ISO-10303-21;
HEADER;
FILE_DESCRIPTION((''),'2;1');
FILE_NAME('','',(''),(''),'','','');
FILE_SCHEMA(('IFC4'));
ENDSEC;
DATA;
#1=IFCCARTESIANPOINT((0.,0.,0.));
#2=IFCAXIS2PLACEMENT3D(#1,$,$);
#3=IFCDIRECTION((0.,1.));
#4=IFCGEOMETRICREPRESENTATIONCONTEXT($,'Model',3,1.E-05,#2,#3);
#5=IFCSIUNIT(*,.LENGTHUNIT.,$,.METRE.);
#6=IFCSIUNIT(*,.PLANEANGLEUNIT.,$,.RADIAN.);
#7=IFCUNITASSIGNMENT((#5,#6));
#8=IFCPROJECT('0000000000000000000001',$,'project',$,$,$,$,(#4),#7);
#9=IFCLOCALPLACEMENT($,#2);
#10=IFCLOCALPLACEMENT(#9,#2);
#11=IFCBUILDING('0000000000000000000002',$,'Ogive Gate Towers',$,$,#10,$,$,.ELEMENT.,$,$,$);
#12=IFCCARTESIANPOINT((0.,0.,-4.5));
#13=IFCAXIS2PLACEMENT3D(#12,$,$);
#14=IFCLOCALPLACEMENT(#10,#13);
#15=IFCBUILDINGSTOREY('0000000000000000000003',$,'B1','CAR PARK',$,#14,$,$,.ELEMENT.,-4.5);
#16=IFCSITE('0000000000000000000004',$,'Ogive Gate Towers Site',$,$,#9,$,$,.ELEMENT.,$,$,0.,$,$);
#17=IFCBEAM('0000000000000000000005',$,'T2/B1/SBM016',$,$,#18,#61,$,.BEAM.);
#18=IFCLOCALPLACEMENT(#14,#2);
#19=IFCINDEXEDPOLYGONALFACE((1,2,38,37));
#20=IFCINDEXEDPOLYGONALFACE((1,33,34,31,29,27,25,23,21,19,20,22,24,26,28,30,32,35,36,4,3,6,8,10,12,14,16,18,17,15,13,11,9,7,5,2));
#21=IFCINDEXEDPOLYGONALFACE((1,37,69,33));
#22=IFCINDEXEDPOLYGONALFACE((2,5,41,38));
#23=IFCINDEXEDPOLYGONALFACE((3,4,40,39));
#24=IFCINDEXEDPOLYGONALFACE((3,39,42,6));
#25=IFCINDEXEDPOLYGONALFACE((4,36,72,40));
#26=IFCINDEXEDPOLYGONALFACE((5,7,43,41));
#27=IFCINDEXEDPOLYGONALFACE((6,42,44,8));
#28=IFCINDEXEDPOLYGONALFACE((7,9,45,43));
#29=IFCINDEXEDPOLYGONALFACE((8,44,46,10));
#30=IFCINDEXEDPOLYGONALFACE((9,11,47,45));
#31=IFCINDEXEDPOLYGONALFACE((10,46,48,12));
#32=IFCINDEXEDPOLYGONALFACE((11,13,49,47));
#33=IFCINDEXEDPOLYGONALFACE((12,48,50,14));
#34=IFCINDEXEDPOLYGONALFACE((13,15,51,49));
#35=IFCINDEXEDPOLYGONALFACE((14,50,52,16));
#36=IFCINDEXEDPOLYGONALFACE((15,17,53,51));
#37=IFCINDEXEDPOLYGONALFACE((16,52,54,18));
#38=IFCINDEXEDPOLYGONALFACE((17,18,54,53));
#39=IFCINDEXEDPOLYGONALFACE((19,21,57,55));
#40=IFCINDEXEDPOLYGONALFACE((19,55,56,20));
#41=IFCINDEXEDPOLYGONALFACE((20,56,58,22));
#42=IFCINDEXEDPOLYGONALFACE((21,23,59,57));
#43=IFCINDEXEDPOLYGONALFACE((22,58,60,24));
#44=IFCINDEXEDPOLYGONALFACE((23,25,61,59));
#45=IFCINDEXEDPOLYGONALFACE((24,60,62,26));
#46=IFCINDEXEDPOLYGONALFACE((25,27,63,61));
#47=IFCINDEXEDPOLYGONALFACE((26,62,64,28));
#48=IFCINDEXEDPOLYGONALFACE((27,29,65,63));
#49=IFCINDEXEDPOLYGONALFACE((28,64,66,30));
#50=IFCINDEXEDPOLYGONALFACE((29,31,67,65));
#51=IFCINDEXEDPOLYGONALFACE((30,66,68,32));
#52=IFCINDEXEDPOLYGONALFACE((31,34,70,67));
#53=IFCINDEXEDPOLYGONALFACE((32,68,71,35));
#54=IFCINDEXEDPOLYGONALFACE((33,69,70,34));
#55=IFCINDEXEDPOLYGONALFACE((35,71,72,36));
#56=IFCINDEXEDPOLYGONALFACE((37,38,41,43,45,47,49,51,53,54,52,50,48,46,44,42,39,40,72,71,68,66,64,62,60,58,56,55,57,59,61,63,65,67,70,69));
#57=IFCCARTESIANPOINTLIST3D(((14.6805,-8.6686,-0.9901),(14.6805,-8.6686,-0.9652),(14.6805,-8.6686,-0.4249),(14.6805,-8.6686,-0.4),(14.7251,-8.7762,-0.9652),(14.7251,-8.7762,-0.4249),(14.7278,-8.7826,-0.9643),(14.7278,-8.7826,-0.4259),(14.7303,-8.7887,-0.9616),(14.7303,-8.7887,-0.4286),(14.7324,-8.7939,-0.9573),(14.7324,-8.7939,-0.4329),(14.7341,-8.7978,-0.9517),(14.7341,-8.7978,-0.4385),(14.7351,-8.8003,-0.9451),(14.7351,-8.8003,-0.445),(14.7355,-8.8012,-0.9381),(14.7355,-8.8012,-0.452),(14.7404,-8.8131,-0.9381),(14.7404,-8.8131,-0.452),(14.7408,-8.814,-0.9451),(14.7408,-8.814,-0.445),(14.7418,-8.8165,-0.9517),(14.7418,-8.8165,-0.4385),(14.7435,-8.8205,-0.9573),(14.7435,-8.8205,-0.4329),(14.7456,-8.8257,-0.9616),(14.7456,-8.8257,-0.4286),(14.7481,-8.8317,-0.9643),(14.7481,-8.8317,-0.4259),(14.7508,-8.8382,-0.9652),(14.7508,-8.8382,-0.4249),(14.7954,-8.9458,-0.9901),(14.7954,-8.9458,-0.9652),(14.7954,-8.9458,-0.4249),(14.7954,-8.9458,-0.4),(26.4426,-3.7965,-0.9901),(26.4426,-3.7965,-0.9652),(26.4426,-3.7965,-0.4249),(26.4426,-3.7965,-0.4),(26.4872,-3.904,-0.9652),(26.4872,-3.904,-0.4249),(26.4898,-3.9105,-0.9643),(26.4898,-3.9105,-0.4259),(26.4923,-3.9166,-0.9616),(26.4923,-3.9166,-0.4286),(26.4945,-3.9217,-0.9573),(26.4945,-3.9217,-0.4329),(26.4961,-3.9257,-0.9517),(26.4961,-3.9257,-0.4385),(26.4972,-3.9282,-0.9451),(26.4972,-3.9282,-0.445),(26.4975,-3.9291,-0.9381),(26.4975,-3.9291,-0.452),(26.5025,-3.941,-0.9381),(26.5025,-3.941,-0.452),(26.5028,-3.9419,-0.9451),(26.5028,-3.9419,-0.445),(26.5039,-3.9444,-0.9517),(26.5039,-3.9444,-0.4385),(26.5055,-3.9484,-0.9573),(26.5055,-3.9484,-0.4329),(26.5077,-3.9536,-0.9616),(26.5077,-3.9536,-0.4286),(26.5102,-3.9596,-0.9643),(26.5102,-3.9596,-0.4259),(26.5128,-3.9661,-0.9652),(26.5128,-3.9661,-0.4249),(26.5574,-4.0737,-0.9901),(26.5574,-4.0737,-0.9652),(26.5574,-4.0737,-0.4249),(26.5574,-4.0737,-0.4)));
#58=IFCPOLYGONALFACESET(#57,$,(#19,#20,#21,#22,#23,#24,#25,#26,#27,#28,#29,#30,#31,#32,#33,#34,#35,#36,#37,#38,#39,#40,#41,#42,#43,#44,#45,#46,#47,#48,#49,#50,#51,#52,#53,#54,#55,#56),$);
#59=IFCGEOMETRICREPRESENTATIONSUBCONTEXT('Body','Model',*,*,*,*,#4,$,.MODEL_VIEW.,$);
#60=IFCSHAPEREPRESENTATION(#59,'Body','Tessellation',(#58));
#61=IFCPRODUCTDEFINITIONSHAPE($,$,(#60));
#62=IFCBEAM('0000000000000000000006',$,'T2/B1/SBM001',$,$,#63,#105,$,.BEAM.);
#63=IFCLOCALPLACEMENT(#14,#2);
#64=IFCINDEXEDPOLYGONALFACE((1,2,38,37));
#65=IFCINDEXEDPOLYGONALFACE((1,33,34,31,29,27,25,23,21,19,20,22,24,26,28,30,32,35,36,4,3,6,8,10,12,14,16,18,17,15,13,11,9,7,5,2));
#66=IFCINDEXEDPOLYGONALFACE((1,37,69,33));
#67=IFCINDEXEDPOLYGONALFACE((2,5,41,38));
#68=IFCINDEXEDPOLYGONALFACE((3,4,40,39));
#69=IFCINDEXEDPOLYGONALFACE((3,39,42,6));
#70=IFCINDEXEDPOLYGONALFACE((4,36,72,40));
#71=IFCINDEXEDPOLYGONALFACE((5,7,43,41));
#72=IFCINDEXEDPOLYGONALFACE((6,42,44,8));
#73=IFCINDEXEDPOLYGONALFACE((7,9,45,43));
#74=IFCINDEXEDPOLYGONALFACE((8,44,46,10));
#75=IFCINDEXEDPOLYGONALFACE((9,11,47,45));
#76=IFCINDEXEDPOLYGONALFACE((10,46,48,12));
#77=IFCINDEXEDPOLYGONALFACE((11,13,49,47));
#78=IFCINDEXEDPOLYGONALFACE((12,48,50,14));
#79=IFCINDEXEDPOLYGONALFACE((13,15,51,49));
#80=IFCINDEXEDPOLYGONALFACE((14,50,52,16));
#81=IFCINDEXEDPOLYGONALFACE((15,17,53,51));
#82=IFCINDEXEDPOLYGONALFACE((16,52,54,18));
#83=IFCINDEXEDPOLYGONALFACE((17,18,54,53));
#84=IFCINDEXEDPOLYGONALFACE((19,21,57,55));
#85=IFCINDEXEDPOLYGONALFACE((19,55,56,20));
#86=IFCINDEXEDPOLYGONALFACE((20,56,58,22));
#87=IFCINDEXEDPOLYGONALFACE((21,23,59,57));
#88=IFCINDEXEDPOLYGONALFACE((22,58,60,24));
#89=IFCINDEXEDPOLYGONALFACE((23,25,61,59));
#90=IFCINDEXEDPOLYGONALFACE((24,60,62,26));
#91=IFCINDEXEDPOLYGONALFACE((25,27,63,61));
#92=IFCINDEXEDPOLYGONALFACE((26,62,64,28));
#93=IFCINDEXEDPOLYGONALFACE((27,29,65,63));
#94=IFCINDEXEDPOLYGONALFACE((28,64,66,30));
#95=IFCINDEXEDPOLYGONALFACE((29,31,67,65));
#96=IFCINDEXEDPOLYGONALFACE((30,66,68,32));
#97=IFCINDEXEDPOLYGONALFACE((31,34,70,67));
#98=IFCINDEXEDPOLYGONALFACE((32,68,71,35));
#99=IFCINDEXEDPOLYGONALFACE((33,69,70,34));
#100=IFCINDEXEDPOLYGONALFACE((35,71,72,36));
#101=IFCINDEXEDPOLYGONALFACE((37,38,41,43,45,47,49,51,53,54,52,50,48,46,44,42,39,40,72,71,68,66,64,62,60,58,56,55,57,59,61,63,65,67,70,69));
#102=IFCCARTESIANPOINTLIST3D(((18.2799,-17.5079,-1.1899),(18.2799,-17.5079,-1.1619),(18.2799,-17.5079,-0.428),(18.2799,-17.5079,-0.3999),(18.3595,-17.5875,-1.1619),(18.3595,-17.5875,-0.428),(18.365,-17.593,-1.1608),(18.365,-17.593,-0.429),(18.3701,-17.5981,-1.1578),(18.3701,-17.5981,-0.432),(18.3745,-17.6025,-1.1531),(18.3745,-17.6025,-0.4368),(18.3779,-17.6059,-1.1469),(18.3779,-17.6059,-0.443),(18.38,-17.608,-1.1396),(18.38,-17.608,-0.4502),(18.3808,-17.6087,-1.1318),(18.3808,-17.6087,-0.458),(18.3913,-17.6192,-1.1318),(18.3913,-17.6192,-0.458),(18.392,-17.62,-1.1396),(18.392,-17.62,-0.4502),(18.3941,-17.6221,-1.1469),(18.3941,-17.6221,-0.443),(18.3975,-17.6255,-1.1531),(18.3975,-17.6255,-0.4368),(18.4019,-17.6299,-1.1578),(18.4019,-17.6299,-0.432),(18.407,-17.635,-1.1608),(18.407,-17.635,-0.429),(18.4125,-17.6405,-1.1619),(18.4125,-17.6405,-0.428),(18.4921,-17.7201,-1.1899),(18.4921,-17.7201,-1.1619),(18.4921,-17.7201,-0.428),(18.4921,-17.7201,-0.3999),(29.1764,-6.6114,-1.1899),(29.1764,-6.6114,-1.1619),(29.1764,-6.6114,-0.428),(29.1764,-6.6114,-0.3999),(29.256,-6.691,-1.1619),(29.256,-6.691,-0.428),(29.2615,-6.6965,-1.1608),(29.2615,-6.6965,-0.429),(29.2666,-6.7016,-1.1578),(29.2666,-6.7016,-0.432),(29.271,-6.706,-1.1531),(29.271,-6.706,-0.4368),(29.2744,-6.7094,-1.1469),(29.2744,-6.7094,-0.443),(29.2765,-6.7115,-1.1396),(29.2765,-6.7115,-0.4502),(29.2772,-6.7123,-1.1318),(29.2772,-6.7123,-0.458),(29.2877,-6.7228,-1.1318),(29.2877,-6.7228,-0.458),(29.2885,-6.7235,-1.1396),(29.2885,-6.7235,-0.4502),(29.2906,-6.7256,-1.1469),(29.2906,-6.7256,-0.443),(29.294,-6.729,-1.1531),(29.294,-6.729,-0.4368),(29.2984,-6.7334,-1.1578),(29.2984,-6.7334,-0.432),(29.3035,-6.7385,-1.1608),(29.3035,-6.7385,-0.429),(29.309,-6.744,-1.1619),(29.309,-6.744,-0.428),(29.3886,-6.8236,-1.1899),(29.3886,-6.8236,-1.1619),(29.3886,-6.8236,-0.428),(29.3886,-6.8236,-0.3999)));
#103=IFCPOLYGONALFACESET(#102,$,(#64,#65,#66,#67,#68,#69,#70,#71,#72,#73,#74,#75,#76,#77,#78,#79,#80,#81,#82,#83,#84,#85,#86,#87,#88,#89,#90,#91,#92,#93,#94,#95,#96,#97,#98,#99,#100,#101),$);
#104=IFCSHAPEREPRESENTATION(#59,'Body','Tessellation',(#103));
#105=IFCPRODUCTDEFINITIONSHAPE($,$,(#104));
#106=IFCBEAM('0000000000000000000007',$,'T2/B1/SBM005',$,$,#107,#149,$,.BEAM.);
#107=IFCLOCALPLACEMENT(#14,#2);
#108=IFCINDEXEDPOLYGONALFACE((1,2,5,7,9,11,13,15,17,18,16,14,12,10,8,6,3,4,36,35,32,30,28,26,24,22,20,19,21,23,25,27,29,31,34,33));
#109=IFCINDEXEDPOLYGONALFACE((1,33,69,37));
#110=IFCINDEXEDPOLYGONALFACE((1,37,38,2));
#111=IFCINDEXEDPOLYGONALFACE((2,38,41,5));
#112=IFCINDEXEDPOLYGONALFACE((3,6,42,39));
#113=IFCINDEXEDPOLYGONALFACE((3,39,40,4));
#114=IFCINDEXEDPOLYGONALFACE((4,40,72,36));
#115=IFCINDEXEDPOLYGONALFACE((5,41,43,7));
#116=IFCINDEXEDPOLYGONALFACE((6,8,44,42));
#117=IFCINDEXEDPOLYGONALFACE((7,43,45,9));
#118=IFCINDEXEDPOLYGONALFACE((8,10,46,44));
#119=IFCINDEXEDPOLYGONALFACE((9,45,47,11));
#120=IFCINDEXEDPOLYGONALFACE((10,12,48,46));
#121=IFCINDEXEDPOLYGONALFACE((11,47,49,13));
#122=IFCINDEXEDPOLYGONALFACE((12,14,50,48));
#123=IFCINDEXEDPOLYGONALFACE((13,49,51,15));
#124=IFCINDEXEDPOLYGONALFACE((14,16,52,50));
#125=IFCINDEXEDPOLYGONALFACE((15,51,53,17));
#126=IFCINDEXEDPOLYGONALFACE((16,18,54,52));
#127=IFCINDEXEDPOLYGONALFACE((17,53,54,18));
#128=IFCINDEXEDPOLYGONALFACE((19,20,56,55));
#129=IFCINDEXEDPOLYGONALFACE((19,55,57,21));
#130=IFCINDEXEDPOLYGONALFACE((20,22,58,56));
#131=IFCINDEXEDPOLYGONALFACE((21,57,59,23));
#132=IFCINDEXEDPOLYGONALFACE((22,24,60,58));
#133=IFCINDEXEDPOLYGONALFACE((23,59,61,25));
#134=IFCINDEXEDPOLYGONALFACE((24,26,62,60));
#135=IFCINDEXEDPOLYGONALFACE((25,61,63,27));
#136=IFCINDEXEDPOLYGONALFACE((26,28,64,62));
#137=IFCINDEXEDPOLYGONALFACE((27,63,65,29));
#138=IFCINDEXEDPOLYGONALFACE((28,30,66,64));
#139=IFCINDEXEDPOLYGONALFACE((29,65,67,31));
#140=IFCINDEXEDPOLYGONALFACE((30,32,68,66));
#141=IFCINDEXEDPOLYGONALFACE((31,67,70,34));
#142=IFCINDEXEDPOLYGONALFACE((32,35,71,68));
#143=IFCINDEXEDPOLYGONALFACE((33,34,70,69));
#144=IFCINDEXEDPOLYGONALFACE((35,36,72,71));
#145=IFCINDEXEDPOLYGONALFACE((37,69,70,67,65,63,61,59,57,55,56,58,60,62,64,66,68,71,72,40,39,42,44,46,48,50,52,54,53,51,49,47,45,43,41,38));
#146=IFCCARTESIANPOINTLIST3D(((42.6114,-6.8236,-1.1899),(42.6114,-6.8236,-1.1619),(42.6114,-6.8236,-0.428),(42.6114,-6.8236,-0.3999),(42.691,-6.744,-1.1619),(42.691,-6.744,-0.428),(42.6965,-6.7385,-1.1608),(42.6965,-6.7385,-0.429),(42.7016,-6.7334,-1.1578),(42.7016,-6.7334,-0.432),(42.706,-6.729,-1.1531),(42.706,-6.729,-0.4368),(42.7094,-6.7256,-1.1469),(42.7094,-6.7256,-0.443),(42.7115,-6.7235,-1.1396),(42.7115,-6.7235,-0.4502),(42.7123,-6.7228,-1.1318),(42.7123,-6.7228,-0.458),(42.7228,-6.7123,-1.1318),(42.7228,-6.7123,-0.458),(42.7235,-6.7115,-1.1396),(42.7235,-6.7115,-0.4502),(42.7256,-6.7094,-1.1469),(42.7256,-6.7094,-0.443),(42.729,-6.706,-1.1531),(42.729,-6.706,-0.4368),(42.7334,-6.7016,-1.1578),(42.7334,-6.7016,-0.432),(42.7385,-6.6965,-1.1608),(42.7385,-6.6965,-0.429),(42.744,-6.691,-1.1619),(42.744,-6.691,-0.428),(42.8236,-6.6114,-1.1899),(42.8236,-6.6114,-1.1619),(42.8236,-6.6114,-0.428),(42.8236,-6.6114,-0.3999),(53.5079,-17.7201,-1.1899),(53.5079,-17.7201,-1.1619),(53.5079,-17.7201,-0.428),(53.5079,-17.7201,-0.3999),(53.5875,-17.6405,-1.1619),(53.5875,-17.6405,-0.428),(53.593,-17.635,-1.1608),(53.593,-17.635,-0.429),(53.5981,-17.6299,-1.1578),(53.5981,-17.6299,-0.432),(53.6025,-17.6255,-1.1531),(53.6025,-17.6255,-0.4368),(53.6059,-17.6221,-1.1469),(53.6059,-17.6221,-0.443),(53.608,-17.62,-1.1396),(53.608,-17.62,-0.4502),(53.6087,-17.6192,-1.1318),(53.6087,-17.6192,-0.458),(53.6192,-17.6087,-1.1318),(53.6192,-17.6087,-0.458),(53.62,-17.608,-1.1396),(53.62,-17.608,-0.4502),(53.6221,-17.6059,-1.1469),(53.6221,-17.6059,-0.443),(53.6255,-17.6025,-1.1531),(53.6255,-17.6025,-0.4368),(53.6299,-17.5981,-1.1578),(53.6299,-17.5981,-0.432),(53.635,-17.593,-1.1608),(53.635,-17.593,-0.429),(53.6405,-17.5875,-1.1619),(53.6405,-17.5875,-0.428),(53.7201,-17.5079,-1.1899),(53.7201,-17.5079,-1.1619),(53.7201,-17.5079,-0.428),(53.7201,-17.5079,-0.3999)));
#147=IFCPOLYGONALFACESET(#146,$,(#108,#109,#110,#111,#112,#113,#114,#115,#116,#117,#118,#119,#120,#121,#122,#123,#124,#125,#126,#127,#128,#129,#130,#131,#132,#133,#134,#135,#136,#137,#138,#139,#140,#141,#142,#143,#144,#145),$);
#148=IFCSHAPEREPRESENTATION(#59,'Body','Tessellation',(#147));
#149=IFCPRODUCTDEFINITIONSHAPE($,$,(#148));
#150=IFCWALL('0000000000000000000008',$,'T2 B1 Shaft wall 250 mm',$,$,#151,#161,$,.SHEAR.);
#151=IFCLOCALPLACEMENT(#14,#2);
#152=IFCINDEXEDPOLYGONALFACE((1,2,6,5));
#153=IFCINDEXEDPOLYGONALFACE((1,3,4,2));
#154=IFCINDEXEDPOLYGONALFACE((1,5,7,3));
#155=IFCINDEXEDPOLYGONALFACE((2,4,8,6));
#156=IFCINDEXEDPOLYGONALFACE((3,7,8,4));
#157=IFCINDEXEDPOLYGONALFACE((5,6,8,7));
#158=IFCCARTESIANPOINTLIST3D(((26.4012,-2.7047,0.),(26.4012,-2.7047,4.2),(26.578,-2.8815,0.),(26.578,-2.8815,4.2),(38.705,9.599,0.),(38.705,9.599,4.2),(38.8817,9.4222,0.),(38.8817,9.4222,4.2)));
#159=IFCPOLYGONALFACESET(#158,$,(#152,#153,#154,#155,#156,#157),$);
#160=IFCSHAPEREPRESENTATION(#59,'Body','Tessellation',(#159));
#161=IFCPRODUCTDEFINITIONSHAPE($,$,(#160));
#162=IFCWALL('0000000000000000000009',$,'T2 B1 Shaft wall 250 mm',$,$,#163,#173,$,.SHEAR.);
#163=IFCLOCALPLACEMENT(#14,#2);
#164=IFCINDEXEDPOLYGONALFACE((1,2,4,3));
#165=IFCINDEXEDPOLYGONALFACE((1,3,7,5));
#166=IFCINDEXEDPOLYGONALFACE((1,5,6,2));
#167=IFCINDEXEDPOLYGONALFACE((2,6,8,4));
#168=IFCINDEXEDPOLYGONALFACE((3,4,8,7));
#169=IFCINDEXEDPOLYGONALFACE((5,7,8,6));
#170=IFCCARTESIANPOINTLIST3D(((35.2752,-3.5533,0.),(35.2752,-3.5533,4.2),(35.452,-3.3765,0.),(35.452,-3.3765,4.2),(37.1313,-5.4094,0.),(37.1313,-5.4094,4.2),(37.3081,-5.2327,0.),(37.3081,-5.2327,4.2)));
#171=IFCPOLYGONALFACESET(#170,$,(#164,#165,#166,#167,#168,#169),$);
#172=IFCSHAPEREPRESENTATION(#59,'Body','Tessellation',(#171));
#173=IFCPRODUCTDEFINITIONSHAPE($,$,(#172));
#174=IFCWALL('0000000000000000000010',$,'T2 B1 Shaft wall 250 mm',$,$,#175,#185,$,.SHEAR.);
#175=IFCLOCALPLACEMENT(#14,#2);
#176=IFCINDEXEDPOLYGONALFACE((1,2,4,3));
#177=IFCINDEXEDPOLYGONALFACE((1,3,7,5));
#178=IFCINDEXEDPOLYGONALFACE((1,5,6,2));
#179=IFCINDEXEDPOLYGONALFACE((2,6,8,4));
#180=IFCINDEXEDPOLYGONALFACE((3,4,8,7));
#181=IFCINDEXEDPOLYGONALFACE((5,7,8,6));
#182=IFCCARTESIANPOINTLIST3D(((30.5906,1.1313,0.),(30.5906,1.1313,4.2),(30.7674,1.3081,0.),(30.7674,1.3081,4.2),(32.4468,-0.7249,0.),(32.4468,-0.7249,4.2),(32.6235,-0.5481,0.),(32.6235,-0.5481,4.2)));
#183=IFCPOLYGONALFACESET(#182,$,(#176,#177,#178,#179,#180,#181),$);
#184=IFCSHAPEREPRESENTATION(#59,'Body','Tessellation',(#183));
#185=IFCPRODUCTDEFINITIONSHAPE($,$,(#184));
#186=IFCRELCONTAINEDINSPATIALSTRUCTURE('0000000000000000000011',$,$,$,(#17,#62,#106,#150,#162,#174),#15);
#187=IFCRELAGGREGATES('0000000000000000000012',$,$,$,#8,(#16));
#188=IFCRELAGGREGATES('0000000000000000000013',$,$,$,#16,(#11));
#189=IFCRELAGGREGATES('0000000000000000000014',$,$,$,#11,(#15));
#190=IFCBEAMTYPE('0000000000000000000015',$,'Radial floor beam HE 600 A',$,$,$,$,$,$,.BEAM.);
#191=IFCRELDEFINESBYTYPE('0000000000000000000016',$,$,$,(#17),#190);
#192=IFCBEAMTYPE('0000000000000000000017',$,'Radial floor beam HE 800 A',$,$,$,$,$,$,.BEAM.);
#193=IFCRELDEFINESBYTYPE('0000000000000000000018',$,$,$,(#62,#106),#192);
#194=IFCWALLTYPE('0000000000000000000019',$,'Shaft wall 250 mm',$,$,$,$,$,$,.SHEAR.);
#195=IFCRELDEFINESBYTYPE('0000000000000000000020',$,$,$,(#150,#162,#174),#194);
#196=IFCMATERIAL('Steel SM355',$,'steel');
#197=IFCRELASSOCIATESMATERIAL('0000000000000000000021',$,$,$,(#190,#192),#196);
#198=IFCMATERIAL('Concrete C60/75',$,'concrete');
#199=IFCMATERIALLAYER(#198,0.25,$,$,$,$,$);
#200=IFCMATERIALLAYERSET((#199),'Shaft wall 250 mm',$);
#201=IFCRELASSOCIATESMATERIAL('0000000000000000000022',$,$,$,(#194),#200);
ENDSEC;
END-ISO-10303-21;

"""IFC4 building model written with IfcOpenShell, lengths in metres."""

from ifc_helpers import new_model, si_unit, direction, frame, frame_2d, origin, origin_2d, place, context, subcontext, project, spatial, rectangle, i_section, extrude, material, layer, layer_set, material_profile, profile_set, type_object, element, save


model = new_model("IFC4")

# Units and contexts
model_context = context("Model", 3, precision=1e-05, world=origin(), true_north=direction((0.0, 1.0)))
body_context = subcontext(model_context, "Body", "Model", "MODEL_VIEW")
ifc_project = project(units=[si_unit("LENGTHUNIT", "METRE"), si_unit("PLANEANGLEUNIT", "RADIAN")], contexts=[model_context])

# Site, building, storey
site_placement = place(None, origin())
site = spatial("IfcSite", under=ifc_project, at=site_placement, Name="Ogive Gate Towers Site", CompositionType="ELEMENT", RefElevation=0.0)
building_placement = place(site_placement, origin())
building = spatial("IfcBuilding", under=site, at=building_placement, Name="Ogive Gate Towers", CompositionType="ELEMENT")
storey_placement = place(building_placement, frame((0.0, 0.0, -4.5)))
storey = spatial("IfcBuildingStorey", under=building, at=storey_placement, Name="B1", Description="CAR PARK", CompositionType="ELEMENT", Elevation=-4.5)

# Beams
ifc_material_1 = material(Name="Steel SM355", Category="steel")
ifc_material_profile_1 = material_profile(ifc_material_1, i_section(OverallWidth=0.3, OverallDepth=0.5901, WebThickness=0.0129, FlangeThickness=0.0249, FilletRadius=0.0271, at=origin_2d()), Name="HE 600 A")
ifc_profile_set_1 = profile_set([ifc_material_profile_1], Name="Steel SM355")
beam_type_1 = type_object("IfcBeamType", Name="Radial floor beam HE 600 A", PredefinedType="BEAM", material=ifc_profile_set_1)
for number, where, z_axis, x_axis, name in (
    (1, (26.5, -3.9351, -0.6951), (-0.923877, -0.382691, 0.0), (0.382691, -0.923877, 0.0), "T2/B1/SBM016"),
):
    element("IfcBeam", number, at=place(storey_placement, frame(where, z_axis=z_axis, x_axis=x_axis)), inside=storey, type_object=beam_type_1, Name=name, PredefinedType="BEAM", context=body_context, shape_type="SweptSolid", body=[
        extrude(i_section(OverallWidth=0.3, OverallDepth=0.5901, WebThickness=0.0129, FlangeThickness=0.0249, FilletRadius=0.0271, at=origin_2d()), origin(), (0.0, 0.0, 1.0), 12.7312),
    ])
ifc_material_profile_2 = material_profile(ifc_material_1, i_section(OverallWidth=0.3, OverallDepth=0.79, WebThickness=0.0149, FlangeThickness=0.0281, FilletRadius=0.03, at=origin_2d()), Name="HE 800 A")
ifc_profile_set_2 = profile_set([ifc_material_profile_2], Name="Steel SM355")
beam_type_2 = type_object("IfcBeamType", Name="Radial floor beam HE 800 A", PredefinedType="BEAM", material=ifc_profile_set_2)
for number, where, z_axis, x_axis, name in (
    (2, (29.2825, -6.7175, -0.7949), (-0.707107, -0.707107, 0.0), (0.707107, -0.707107, 0.0), "T2/B1/SBM001"),
    (3, (42.7175, -6.7175, -0.7949), (0.707107, -0.707107, 0.0), (0.707107, 0.707107, 0.0), "T2/B1/SBM005"),
):
    element("IfcBeam", number, at=place(storey_placement, frame(where, z_axis=z_axis, x_axis=x_axis)), inside=storey, type_object=beam_type_2, Name=name, PredefinedType="BEAM", context=body_context, shape_type="SweptSolid", body=[
        extrude(i_section(OverallWidth=0.3, OverallDepth=0.79, WebThickness=0.0149, FlangeThickness=0.0281, FilletRadius=0.03, at=origin_2d()), origin(), (0.0, 0.0, 1.0), 15.4099),
    ])

# Walls
ifc_material_2 = material(Name="Concrete C60/75", Category="concrete")
ifc_layer_1 = layer(ifc_material_2, 0.25)
ifc_layer_set_1 = layer_set([ifc_layer_1], Name="Shaft wall 250 mm")
wall_type_1 = type_object("IfcWallType", Name="Shaft wall 250 mm", PredefinedType="SHEAR", material=ifc_layer_set_1)
wall_1_placement = place(storey_placement, frame((26.4895, -2.7932, 0.0), z_axis=(0.0, 0.0, 1.0), x_axis=(0.707107, 0.707107, 0.0)))
element("IfcWall", 4, at=wall_1_placement, inside=storey, type_object=wall_type_1, Name="T2 B1 Shaft wall 250 mm", PredefinedType="SHEAR", context=body_context, shape_type="SweptSolid", body=[
    extrude(rectangle(XDim=17.4001, YDim=0.25, at=frame_2d((8.7002, 0.0))), origin(), (0.0, 0.0, 1.0), 4.2),
])
for number, where, z_axis, x_axis, name in (
    (5, (37.2197, -5.321, 0.0), (0.0, 0.0, 1.0), (-0.707107, 0.707107, 0.0), "T2 B1 Shaft wall 250 mm"),
    (6, (32.5352, -0.6365, 0.0), (0.0, 0.0, 1.0), (-0.707107, 0.707107, 0.0), "T2 B1 Shaft wall 250 mm"),
):
    element("IfcWall", number, at=place(storey_placement, frame(where, z_axis=z_axis, x_axis=x_axis)), inside=storey, type_object=wall_type_1, Name=name, PredefinedType="SHEAR", context=body_context, shape_type="SweptSolid", body=[
        extrude(rectangle(XDim=2.625, YDim=0.25, at=frame_2d((1.3125, 0.0))), origin(), (0.0, 0.0, 1.0), 4.2),
    ])

save(model, "model.ifc")
